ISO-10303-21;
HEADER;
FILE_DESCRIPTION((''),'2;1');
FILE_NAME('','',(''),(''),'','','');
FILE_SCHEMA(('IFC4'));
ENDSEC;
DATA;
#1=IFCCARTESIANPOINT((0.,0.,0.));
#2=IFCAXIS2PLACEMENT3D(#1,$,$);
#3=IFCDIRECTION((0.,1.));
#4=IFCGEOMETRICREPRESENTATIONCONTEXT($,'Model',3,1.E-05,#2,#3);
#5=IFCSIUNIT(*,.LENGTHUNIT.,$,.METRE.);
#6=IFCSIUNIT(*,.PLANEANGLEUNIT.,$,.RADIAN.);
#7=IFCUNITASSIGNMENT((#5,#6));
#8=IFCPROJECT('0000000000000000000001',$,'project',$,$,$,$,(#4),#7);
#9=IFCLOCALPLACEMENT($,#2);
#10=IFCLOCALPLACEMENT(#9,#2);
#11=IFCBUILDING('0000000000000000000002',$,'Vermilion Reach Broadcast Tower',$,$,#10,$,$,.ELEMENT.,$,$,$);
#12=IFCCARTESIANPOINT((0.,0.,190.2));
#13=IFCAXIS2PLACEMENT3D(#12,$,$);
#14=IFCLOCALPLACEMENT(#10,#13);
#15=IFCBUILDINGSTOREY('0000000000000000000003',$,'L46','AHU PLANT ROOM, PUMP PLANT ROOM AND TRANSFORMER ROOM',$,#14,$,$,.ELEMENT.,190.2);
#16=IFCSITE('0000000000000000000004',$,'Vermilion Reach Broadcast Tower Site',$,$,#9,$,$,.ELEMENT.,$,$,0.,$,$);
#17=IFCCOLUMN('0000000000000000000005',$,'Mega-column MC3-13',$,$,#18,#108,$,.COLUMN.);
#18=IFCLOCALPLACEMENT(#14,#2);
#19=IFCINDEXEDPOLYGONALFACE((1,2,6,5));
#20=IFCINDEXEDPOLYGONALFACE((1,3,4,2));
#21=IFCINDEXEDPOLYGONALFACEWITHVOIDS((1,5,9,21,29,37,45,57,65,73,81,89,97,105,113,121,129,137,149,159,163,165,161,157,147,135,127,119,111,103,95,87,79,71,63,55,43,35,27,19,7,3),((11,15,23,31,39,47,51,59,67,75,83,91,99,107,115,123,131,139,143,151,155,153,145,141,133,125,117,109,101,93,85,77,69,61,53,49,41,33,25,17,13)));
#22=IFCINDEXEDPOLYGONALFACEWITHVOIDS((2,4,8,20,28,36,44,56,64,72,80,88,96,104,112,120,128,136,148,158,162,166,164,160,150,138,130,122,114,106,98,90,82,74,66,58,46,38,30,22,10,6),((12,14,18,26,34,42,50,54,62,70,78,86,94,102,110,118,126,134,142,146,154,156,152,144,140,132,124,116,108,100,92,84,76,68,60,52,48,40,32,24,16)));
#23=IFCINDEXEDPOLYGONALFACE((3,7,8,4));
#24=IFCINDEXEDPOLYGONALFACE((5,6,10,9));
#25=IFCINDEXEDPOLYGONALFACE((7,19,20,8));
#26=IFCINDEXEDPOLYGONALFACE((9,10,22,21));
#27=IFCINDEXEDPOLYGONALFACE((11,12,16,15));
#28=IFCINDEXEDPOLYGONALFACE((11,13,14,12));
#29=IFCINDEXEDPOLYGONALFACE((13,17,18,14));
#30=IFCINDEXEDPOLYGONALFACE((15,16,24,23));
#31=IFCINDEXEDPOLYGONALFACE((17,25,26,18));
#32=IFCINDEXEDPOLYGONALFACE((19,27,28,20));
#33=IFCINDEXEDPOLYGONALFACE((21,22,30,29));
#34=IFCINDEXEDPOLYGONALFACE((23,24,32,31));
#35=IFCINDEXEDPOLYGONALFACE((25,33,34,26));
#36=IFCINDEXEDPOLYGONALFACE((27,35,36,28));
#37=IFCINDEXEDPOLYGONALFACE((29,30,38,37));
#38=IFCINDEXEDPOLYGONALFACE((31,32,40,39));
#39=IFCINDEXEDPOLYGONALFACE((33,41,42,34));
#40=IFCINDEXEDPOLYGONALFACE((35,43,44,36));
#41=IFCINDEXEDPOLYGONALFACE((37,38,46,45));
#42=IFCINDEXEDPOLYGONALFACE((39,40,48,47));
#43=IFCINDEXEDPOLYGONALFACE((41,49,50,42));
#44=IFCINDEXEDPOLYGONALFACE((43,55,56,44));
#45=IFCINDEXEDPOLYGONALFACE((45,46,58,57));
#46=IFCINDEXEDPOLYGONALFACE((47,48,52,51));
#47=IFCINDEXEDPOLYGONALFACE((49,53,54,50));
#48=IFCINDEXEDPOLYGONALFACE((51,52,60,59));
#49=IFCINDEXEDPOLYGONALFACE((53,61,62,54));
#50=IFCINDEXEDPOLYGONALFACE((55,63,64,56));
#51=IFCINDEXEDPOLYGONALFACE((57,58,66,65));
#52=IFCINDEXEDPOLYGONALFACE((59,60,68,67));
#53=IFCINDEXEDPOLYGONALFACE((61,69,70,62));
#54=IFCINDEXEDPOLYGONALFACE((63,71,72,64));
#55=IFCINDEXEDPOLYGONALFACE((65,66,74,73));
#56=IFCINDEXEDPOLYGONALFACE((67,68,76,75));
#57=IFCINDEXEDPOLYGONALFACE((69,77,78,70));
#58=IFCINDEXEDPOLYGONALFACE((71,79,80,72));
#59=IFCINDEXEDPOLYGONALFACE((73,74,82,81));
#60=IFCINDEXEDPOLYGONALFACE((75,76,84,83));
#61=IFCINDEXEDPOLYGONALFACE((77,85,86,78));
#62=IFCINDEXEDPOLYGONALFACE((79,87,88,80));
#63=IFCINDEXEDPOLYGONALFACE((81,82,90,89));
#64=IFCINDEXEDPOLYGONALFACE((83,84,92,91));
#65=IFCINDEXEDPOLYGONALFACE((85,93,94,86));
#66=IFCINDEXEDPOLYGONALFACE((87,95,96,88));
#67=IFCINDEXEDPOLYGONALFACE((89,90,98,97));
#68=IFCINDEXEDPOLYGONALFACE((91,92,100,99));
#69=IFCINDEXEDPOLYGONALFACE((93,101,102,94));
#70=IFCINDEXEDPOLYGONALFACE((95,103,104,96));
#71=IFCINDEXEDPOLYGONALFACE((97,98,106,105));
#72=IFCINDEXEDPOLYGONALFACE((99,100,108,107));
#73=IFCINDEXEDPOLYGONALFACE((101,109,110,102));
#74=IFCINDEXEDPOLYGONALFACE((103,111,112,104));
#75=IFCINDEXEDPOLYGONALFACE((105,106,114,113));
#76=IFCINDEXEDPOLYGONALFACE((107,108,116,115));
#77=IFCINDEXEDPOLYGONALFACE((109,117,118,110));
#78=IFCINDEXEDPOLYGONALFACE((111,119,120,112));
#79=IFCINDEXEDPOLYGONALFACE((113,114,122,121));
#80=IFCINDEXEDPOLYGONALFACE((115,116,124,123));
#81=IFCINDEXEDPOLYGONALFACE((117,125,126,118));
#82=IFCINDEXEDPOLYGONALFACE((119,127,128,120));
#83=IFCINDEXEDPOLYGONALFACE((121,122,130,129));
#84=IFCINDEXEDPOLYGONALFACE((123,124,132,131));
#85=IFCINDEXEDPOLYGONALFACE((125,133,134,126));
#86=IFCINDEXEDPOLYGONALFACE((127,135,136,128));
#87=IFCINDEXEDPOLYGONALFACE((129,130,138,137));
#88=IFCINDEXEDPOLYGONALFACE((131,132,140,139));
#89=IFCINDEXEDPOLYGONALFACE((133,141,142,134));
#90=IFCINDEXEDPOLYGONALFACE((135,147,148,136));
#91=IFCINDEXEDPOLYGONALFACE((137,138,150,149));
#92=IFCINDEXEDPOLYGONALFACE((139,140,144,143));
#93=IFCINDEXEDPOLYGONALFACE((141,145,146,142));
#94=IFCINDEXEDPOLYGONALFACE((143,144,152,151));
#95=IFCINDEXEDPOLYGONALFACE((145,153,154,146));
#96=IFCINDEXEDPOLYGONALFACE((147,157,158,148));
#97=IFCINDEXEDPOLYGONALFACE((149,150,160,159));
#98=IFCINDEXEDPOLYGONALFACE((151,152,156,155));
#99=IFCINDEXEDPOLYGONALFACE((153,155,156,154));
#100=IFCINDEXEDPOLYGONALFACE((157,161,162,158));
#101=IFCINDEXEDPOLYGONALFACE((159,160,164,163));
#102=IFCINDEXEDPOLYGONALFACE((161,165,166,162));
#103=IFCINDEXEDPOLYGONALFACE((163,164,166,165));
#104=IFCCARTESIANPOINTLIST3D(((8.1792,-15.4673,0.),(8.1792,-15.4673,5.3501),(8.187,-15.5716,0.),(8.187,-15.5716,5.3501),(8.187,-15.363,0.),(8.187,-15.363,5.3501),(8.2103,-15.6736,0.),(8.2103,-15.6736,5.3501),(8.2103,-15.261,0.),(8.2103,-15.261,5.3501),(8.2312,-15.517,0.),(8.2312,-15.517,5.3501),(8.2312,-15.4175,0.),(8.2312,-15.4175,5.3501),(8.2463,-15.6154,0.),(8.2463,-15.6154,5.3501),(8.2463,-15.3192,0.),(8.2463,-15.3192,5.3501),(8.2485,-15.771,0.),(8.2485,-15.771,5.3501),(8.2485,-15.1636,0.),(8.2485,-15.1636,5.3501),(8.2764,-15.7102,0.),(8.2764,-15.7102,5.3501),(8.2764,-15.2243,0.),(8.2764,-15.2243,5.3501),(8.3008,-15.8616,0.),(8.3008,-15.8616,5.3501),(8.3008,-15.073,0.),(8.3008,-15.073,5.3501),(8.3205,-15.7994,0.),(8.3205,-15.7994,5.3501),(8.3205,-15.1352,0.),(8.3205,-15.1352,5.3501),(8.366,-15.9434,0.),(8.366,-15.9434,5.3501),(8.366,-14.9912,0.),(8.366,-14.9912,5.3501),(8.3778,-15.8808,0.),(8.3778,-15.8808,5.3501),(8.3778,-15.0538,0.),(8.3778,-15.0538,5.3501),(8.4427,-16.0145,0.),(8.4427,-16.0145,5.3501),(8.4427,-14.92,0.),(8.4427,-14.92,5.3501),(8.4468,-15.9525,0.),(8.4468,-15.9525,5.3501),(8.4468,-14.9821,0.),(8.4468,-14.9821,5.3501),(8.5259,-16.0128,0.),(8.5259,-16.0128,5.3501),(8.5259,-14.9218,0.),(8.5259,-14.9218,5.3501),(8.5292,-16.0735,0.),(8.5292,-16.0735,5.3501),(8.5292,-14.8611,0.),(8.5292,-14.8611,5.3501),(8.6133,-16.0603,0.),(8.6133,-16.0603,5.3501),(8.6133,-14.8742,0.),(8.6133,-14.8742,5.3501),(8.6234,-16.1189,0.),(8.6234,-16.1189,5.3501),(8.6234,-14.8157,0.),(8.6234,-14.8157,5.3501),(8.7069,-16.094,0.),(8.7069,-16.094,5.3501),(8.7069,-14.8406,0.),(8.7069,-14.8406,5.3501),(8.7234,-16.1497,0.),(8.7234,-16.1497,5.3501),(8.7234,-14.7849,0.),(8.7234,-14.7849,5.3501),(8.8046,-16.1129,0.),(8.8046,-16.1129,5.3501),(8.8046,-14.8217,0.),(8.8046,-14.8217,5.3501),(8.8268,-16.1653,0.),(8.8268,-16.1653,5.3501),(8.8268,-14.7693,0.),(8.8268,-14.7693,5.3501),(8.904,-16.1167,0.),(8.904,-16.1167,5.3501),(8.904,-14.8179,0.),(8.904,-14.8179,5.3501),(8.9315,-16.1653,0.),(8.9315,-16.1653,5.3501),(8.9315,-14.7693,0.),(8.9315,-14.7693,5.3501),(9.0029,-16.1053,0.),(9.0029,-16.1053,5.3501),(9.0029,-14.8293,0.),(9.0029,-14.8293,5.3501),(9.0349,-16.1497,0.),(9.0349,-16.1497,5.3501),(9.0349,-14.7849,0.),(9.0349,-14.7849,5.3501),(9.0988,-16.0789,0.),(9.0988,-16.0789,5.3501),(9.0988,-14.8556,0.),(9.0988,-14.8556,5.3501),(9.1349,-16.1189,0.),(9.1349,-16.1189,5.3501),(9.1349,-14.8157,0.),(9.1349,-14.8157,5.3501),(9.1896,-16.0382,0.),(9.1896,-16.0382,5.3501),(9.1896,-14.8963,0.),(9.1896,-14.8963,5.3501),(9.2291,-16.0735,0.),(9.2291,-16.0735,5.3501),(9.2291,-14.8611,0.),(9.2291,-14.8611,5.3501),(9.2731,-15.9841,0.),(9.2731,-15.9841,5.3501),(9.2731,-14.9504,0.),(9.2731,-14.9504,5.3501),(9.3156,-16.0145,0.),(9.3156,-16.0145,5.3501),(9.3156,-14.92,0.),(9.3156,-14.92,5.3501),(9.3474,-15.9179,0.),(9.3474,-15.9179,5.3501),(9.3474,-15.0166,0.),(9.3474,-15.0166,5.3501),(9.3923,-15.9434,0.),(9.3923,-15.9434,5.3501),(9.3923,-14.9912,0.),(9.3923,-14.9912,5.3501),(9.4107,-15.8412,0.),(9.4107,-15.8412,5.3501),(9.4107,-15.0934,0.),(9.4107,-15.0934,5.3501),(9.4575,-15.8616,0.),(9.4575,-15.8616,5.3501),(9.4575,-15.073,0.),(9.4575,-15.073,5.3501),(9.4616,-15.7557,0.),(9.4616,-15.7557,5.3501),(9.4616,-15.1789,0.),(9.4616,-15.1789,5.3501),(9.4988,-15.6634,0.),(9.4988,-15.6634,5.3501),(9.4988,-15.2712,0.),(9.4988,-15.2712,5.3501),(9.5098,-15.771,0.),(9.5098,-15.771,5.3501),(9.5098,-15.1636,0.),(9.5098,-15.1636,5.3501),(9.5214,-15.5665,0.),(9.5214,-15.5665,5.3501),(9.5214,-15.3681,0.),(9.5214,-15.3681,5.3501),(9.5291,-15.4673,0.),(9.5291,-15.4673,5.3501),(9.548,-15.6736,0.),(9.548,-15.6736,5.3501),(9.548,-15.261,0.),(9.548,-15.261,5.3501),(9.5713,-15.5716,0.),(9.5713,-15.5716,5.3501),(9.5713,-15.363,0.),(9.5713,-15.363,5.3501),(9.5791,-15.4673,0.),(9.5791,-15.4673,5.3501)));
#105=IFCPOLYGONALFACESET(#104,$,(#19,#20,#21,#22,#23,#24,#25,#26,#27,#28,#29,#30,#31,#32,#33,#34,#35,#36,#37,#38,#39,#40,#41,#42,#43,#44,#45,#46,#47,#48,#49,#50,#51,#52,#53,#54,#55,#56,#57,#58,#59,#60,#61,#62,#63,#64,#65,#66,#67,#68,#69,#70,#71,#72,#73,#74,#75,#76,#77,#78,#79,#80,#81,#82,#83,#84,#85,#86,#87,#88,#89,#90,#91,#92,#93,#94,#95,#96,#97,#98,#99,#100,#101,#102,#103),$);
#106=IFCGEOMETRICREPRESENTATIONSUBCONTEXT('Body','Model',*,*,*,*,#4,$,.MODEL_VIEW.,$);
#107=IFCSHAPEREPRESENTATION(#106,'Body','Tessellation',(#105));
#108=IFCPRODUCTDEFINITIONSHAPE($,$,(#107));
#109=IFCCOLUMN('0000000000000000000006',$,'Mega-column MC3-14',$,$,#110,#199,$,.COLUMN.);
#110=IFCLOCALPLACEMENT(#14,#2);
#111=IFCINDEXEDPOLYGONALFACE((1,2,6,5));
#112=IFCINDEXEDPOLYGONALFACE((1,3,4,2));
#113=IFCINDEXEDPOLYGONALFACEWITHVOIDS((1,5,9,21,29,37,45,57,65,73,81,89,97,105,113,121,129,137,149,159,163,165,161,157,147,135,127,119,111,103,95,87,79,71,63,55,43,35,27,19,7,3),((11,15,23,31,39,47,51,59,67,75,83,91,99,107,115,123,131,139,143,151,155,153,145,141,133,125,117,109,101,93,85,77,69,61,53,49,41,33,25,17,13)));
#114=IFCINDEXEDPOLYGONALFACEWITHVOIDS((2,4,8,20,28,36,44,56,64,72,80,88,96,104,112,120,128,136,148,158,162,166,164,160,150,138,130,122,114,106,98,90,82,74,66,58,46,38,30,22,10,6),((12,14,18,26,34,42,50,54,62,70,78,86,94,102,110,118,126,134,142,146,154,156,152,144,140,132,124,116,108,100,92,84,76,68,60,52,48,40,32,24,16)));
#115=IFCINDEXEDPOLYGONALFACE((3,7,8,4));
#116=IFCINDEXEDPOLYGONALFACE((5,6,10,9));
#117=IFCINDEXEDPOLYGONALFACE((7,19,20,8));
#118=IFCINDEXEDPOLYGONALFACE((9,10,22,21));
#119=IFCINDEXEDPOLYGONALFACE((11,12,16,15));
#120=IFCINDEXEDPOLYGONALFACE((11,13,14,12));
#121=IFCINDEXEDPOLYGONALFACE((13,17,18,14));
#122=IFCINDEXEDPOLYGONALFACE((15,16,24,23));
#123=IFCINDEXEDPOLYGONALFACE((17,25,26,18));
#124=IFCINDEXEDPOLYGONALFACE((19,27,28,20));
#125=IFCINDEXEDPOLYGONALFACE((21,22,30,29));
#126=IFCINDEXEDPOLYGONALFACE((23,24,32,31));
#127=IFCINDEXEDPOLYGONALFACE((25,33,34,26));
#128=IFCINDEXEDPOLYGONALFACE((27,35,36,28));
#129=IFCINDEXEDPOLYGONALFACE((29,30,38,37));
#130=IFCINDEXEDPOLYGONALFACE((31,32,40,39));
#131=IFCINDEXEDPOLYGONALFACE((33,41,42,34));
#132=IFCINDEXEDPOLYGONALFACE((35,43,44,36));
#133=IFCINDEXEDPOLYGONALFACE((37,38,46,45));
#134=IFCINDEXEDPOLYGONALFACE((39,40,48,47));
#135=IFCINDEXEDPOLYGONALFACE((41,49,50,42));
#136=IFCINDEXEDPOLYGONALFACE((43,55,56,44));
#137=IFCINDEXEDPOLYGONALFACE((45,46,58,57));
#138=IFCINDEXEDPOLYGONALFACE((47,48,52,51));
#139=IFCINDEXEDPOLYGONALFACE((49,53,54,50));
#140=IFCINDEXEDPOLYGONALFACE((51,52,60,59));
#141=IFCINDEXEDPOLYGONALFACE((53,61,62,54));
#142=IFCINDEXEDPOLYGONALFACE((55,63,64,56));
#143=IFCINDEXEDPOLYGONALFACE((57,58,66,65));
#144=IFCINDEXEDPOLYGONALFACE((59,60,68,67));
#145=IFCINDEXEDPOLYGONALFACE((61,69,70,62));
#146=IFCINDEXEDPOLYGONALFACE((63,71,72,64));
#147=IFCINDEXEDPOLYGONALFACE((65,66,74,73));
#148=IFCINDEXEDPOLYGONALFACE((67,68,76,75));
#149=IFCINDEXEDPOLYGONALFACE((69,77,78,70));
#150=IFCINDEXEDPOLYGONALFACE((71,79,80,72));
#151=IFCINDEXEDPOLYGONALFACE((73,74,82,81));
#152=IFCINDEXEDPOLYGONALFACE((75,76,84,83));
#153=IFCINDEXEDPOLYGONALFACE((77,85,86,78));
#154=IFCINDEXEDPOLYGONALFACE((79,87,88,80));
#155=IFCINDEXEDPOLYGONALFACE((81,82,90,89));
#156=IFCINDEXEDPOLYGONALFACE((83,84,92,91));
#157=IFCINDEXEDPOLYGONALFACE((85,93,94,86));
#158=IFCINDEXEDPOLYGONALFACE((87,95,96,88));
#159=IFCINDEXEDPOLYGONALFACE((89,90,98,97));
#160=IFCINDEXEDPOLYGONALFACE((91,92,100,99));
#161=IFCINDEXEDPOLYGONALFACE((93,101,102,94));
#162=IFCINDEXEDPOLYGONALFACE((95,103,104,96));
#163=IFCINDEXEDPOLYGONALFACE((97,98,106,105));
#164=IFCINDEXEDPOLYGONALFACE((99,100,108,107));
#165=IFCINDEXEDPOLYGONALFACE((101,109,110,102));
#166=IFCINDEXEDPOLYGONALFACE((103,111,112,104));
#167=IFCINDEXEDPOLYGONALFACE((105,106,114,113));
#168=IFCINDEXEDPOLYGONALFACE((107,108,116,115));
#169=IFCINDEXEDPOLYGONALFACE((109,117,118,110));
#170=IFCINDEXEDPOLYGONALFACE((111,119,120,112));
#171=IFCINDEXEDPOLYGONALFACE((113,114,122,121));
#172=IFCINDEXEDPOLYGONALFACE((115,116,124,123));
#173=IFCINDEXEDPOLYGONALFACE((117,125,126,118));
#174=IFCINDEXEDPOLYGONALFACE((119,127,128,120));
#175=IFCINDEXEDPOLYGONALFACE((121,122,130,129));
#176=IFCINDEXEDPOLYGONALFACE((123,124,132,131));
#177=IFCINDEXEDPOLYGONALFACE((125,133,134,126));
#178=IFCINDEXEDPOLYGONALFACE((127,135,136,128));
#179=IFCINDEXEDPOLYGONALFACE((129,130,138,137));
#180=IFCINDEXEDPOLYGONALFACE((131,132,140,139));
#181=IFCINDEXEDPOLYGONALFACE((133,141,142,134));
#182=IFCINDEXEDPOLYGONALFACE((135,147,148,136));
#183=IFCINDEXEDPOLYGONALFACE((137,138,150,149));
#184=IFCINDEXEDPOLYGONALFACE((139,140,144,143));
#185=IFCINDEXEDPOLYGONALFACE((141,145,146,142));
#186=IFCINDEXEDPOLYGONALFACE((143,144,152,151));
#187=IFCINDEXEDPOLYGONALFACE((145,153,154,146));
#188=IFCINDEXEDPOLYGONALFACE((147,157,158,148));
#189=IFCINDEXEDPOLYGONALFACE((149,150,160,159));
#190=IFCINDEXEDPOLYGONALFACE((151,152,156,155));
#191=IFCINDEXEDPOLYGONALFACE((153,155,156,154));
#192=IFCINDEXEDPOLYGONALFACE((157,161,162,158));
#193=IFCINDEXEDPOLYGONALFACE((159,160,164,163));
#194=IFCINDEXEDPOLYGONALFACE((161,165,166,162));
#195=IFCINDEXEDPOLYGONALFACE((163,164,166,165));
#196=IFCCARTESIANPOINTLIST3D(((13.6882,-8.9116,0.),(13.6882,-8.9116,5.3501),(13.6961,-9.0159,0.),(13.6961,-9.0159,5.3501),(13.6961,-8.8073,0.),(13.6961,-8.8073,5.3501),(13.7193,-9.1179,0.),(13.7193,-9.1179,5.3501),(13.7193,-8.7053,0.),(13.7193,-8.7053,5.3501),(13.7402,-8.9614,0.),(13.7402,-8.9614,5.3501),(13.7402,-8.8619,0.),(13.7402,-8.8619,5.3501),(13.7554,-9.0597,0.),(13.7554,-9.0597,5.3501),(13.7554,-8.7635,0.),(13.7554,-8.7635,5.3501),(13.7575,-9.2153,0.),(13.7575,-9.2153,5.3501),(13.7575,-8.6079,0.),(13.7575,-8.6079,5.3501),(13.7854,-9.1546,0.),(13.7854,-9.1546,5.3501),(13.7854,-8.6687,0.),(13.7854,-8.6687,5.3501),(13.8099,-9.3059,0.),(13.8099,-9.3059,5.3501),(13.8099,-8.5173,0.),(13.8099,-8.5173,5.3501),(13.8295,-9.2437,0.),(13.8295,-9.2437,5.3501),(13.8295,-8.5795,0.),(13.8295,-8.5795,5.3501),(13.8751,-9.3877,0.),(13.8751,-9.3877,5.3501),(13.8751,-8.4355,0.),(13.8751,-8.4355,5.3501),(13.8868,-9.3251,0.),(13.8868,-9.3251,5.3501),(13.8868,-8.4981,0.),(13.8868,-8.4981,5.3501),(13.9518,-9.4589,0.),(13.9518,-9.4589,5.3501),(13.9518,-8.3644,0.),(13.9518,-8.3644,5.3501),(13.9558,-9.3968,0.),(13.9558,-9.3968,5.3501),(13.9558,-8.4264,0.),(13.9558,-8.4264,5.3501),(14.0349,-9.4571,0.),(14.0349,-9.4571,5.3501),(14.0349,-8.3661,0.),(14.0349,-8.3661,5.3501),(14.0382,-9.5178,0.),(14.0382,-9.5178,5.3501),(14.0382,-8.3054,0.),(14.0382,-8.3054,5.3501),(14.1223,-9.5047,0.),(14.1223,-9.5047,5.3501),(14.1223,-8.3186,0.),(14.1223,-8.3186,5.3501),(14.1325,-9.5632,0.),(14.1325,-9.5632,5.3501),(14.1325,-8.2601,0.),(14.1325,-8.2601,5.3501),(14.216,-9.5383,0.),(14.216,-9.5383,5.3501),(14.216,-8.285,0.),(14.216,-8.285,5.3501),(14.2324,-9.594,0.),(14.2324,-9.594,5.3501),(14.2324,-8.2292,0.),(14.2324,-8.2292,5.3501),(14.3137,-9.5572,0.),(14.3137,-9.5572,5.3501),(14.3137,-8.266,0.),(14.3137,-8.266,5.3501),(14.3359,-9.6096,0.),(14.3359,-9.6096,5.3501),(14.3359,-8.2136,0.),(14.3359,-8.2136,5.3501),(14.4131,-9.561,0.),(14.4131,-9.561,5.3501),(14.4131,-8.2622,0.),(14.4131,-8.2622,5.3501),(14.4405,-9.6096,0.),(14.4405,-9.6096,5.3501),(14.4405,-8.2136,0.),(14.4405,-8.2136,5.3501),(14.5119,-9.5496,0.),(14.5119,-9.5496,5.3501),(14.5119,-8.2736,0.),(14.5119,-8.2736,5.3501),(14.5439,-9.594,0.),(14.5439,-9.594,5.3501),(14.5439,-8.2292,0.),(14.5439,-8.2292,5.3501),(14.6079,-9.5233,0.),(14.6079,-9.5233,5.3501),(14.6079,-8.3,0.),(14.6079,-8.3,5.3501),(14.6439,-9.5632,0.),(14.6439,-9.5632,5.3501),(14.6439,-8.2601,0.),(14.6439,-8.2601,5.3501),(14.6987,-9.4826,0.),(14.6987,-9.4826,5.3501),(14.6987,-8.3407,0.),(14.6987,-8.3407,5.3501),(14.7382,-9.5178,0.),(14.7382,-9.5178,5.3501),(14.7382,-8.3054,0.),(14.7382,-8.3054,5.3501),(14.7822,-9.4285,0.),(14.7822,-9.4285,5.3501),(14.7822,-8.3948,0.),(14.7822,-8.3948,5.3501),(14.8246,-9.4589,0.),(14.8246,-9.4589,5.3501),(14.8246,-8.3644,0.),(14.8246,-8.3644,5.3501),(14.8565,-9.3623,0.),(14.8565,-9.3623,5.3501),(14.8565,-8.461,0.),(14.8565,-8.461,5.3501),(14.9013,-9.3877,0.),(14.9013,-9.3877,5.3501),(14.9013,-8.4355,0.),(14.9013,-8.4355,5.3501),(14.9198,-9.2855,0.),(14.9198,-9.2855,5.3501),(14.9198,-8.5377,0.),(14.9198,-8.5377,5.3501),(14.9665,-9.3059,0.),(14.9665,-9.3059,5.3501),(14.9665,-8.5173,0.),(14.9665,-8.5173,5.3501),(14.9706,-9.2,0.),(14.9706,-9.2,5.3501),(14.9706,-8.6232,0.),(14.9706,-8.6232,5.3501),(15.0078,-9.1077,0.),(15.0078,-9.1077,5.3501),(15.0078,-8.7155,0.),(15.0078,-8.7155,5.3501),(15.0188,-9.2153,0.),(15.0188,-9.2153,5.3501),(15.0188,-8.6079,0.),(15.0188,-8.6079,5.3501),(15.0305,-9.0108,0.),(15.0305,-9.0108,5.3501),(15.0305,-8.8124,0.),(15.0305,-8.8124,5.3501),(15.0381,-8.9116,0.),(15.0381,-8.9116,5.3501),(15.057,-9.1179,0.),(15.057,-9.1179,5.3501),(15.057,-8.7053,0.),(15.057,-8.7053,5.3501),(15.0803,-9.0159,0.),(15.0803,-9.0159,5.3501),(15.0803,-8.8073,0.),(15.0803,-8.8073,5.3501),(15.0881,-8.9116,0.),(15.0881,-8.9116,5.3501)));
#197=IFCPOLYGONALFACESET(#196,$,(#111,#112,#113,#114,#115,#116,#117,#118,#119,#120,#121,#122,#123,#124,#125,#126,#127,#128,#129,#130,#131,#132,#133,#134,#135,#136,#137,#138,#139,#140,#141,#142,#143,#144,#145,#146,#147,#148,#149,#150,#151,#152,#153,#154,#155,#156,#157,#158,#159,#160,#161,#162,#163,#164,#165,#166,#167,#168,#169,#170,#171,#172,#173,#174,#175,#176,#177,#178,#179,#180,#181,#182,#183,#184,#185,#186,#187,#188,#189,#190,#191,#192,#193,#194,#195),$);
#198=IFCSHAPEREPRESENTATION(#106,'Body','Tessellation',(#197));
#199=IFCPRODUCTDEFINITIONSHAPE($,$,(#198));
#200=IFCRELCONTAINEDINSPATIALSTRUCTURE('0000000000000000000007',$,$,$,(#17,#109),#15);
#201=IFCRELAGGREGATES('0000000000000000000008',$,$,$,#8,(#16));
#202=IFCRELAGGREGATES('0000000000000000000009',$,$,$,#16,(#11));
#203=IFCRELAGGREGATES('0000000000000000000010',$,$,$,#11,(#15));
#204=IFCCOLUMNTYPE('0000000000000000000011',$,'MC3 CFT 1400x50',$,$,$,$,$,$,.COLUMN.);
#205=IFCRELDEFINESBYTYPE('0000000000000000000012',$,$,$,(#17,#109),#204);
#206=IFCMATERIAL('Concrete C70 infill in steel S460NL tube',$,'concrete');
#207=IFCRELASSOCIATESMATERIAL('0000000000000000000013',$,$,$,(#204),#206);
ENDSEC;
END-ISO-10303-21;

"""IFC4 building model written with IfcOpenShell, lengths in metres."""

from ifc_helpers import new_model, si_unit, direction, frame, origin, origin_2d, place, context, subcontext, project, spatial, hollow_circle, extrude, material, material_profile, profile_set, type_object, element, save


model = new_model("IFC4")

# Units and contexts
model_context = context("Model", 3, precision=1e-05, world=origin(), true_north=direction((0.0, 1.0)))
body_context = subcontext(model_context, "Body", "Model", "MODEL_VIEW")
ifc_project = project(units=[si_unit("LENGTHUNIT", "METRE"), si_unit("PLANEANGLEUNIT", "RADIAN")], contexts=[model_context])

# Site, building, storey
site_placement = place(None, origin())
site = spatial("IfcSite", under=ifc_project, at=site_placement, Name="Vermilion Reach Broadcast Tower Site", CompositionType="ELEMENT", RefElevation=0.0)
building_placement = place(site_placement, origin())
building = spatial("IfcBuilding", under=site, at=building_placement, Name="Vermilion Reach Broadcast Tower", CompositionType="ELEMENT")
storey_placement = place(building_placement, frame((0.0, 0.0, 190.2)))
storey = spatial("IfcBuildingStorey", under=building, at=storey_placement, Name="L46", Description="AHU PLANT ROOM, PUMP PLANT ROOM AND TRANSFORMER ROOM", CompositionType="ELEMENT", Elevation=190.2)

# Columns
ifc_material_1 = material(Name="Concrete C70 infill in steel S460NL tube", Category="concrete")
ifc_material_profile_1 = material_profile(ifc_material_1, hollow_circle(Radius=0.7, WallThickness=0.05, at=origin_2d()), Name="Concrete C70 infill in steel S460NL tube CFT 1400x50")
ifc_profile_set_1 = profile_set([ifc_material_profile_1], Name="Concrete C70 infill in steel S460NL tube")
column_type = type_object("IfcColumnType", Name="MC3 CFT 1400x50", PredefinedType="COLUMN", material=ifc_profile_set_1)
for number, where, z_axis, x_axis, name in (
    (1, (8.8792, -15.4673, 0.0), (0.0, 0.0, 1.0), (1.0, 0.0, 0.0), "Mega-column MC3-13"),
    (2, (14.3882, -8.9116, 0.0), (0.0, 0.0, 1.0), (1.0, 0.0, 0.0), "Mega-column MC3-14"),
):
    element("IfcColumn", number, at=place(storey_placement, frame(where, z_axis=z_axis, x_axis=x_axis)), inside=storey, type_object=column_type, Name=name, PredefinedType="COLUMN", context=body_context, shape_type="SweptSolid", body=[
        extrude(hollow_circle(Radius=0.7, WallThickness=0.05, at=origin_2d()), origin(), (0.0, 0.0, 1.0), 5.3501),
    ])

save(model, "model.ifc")
